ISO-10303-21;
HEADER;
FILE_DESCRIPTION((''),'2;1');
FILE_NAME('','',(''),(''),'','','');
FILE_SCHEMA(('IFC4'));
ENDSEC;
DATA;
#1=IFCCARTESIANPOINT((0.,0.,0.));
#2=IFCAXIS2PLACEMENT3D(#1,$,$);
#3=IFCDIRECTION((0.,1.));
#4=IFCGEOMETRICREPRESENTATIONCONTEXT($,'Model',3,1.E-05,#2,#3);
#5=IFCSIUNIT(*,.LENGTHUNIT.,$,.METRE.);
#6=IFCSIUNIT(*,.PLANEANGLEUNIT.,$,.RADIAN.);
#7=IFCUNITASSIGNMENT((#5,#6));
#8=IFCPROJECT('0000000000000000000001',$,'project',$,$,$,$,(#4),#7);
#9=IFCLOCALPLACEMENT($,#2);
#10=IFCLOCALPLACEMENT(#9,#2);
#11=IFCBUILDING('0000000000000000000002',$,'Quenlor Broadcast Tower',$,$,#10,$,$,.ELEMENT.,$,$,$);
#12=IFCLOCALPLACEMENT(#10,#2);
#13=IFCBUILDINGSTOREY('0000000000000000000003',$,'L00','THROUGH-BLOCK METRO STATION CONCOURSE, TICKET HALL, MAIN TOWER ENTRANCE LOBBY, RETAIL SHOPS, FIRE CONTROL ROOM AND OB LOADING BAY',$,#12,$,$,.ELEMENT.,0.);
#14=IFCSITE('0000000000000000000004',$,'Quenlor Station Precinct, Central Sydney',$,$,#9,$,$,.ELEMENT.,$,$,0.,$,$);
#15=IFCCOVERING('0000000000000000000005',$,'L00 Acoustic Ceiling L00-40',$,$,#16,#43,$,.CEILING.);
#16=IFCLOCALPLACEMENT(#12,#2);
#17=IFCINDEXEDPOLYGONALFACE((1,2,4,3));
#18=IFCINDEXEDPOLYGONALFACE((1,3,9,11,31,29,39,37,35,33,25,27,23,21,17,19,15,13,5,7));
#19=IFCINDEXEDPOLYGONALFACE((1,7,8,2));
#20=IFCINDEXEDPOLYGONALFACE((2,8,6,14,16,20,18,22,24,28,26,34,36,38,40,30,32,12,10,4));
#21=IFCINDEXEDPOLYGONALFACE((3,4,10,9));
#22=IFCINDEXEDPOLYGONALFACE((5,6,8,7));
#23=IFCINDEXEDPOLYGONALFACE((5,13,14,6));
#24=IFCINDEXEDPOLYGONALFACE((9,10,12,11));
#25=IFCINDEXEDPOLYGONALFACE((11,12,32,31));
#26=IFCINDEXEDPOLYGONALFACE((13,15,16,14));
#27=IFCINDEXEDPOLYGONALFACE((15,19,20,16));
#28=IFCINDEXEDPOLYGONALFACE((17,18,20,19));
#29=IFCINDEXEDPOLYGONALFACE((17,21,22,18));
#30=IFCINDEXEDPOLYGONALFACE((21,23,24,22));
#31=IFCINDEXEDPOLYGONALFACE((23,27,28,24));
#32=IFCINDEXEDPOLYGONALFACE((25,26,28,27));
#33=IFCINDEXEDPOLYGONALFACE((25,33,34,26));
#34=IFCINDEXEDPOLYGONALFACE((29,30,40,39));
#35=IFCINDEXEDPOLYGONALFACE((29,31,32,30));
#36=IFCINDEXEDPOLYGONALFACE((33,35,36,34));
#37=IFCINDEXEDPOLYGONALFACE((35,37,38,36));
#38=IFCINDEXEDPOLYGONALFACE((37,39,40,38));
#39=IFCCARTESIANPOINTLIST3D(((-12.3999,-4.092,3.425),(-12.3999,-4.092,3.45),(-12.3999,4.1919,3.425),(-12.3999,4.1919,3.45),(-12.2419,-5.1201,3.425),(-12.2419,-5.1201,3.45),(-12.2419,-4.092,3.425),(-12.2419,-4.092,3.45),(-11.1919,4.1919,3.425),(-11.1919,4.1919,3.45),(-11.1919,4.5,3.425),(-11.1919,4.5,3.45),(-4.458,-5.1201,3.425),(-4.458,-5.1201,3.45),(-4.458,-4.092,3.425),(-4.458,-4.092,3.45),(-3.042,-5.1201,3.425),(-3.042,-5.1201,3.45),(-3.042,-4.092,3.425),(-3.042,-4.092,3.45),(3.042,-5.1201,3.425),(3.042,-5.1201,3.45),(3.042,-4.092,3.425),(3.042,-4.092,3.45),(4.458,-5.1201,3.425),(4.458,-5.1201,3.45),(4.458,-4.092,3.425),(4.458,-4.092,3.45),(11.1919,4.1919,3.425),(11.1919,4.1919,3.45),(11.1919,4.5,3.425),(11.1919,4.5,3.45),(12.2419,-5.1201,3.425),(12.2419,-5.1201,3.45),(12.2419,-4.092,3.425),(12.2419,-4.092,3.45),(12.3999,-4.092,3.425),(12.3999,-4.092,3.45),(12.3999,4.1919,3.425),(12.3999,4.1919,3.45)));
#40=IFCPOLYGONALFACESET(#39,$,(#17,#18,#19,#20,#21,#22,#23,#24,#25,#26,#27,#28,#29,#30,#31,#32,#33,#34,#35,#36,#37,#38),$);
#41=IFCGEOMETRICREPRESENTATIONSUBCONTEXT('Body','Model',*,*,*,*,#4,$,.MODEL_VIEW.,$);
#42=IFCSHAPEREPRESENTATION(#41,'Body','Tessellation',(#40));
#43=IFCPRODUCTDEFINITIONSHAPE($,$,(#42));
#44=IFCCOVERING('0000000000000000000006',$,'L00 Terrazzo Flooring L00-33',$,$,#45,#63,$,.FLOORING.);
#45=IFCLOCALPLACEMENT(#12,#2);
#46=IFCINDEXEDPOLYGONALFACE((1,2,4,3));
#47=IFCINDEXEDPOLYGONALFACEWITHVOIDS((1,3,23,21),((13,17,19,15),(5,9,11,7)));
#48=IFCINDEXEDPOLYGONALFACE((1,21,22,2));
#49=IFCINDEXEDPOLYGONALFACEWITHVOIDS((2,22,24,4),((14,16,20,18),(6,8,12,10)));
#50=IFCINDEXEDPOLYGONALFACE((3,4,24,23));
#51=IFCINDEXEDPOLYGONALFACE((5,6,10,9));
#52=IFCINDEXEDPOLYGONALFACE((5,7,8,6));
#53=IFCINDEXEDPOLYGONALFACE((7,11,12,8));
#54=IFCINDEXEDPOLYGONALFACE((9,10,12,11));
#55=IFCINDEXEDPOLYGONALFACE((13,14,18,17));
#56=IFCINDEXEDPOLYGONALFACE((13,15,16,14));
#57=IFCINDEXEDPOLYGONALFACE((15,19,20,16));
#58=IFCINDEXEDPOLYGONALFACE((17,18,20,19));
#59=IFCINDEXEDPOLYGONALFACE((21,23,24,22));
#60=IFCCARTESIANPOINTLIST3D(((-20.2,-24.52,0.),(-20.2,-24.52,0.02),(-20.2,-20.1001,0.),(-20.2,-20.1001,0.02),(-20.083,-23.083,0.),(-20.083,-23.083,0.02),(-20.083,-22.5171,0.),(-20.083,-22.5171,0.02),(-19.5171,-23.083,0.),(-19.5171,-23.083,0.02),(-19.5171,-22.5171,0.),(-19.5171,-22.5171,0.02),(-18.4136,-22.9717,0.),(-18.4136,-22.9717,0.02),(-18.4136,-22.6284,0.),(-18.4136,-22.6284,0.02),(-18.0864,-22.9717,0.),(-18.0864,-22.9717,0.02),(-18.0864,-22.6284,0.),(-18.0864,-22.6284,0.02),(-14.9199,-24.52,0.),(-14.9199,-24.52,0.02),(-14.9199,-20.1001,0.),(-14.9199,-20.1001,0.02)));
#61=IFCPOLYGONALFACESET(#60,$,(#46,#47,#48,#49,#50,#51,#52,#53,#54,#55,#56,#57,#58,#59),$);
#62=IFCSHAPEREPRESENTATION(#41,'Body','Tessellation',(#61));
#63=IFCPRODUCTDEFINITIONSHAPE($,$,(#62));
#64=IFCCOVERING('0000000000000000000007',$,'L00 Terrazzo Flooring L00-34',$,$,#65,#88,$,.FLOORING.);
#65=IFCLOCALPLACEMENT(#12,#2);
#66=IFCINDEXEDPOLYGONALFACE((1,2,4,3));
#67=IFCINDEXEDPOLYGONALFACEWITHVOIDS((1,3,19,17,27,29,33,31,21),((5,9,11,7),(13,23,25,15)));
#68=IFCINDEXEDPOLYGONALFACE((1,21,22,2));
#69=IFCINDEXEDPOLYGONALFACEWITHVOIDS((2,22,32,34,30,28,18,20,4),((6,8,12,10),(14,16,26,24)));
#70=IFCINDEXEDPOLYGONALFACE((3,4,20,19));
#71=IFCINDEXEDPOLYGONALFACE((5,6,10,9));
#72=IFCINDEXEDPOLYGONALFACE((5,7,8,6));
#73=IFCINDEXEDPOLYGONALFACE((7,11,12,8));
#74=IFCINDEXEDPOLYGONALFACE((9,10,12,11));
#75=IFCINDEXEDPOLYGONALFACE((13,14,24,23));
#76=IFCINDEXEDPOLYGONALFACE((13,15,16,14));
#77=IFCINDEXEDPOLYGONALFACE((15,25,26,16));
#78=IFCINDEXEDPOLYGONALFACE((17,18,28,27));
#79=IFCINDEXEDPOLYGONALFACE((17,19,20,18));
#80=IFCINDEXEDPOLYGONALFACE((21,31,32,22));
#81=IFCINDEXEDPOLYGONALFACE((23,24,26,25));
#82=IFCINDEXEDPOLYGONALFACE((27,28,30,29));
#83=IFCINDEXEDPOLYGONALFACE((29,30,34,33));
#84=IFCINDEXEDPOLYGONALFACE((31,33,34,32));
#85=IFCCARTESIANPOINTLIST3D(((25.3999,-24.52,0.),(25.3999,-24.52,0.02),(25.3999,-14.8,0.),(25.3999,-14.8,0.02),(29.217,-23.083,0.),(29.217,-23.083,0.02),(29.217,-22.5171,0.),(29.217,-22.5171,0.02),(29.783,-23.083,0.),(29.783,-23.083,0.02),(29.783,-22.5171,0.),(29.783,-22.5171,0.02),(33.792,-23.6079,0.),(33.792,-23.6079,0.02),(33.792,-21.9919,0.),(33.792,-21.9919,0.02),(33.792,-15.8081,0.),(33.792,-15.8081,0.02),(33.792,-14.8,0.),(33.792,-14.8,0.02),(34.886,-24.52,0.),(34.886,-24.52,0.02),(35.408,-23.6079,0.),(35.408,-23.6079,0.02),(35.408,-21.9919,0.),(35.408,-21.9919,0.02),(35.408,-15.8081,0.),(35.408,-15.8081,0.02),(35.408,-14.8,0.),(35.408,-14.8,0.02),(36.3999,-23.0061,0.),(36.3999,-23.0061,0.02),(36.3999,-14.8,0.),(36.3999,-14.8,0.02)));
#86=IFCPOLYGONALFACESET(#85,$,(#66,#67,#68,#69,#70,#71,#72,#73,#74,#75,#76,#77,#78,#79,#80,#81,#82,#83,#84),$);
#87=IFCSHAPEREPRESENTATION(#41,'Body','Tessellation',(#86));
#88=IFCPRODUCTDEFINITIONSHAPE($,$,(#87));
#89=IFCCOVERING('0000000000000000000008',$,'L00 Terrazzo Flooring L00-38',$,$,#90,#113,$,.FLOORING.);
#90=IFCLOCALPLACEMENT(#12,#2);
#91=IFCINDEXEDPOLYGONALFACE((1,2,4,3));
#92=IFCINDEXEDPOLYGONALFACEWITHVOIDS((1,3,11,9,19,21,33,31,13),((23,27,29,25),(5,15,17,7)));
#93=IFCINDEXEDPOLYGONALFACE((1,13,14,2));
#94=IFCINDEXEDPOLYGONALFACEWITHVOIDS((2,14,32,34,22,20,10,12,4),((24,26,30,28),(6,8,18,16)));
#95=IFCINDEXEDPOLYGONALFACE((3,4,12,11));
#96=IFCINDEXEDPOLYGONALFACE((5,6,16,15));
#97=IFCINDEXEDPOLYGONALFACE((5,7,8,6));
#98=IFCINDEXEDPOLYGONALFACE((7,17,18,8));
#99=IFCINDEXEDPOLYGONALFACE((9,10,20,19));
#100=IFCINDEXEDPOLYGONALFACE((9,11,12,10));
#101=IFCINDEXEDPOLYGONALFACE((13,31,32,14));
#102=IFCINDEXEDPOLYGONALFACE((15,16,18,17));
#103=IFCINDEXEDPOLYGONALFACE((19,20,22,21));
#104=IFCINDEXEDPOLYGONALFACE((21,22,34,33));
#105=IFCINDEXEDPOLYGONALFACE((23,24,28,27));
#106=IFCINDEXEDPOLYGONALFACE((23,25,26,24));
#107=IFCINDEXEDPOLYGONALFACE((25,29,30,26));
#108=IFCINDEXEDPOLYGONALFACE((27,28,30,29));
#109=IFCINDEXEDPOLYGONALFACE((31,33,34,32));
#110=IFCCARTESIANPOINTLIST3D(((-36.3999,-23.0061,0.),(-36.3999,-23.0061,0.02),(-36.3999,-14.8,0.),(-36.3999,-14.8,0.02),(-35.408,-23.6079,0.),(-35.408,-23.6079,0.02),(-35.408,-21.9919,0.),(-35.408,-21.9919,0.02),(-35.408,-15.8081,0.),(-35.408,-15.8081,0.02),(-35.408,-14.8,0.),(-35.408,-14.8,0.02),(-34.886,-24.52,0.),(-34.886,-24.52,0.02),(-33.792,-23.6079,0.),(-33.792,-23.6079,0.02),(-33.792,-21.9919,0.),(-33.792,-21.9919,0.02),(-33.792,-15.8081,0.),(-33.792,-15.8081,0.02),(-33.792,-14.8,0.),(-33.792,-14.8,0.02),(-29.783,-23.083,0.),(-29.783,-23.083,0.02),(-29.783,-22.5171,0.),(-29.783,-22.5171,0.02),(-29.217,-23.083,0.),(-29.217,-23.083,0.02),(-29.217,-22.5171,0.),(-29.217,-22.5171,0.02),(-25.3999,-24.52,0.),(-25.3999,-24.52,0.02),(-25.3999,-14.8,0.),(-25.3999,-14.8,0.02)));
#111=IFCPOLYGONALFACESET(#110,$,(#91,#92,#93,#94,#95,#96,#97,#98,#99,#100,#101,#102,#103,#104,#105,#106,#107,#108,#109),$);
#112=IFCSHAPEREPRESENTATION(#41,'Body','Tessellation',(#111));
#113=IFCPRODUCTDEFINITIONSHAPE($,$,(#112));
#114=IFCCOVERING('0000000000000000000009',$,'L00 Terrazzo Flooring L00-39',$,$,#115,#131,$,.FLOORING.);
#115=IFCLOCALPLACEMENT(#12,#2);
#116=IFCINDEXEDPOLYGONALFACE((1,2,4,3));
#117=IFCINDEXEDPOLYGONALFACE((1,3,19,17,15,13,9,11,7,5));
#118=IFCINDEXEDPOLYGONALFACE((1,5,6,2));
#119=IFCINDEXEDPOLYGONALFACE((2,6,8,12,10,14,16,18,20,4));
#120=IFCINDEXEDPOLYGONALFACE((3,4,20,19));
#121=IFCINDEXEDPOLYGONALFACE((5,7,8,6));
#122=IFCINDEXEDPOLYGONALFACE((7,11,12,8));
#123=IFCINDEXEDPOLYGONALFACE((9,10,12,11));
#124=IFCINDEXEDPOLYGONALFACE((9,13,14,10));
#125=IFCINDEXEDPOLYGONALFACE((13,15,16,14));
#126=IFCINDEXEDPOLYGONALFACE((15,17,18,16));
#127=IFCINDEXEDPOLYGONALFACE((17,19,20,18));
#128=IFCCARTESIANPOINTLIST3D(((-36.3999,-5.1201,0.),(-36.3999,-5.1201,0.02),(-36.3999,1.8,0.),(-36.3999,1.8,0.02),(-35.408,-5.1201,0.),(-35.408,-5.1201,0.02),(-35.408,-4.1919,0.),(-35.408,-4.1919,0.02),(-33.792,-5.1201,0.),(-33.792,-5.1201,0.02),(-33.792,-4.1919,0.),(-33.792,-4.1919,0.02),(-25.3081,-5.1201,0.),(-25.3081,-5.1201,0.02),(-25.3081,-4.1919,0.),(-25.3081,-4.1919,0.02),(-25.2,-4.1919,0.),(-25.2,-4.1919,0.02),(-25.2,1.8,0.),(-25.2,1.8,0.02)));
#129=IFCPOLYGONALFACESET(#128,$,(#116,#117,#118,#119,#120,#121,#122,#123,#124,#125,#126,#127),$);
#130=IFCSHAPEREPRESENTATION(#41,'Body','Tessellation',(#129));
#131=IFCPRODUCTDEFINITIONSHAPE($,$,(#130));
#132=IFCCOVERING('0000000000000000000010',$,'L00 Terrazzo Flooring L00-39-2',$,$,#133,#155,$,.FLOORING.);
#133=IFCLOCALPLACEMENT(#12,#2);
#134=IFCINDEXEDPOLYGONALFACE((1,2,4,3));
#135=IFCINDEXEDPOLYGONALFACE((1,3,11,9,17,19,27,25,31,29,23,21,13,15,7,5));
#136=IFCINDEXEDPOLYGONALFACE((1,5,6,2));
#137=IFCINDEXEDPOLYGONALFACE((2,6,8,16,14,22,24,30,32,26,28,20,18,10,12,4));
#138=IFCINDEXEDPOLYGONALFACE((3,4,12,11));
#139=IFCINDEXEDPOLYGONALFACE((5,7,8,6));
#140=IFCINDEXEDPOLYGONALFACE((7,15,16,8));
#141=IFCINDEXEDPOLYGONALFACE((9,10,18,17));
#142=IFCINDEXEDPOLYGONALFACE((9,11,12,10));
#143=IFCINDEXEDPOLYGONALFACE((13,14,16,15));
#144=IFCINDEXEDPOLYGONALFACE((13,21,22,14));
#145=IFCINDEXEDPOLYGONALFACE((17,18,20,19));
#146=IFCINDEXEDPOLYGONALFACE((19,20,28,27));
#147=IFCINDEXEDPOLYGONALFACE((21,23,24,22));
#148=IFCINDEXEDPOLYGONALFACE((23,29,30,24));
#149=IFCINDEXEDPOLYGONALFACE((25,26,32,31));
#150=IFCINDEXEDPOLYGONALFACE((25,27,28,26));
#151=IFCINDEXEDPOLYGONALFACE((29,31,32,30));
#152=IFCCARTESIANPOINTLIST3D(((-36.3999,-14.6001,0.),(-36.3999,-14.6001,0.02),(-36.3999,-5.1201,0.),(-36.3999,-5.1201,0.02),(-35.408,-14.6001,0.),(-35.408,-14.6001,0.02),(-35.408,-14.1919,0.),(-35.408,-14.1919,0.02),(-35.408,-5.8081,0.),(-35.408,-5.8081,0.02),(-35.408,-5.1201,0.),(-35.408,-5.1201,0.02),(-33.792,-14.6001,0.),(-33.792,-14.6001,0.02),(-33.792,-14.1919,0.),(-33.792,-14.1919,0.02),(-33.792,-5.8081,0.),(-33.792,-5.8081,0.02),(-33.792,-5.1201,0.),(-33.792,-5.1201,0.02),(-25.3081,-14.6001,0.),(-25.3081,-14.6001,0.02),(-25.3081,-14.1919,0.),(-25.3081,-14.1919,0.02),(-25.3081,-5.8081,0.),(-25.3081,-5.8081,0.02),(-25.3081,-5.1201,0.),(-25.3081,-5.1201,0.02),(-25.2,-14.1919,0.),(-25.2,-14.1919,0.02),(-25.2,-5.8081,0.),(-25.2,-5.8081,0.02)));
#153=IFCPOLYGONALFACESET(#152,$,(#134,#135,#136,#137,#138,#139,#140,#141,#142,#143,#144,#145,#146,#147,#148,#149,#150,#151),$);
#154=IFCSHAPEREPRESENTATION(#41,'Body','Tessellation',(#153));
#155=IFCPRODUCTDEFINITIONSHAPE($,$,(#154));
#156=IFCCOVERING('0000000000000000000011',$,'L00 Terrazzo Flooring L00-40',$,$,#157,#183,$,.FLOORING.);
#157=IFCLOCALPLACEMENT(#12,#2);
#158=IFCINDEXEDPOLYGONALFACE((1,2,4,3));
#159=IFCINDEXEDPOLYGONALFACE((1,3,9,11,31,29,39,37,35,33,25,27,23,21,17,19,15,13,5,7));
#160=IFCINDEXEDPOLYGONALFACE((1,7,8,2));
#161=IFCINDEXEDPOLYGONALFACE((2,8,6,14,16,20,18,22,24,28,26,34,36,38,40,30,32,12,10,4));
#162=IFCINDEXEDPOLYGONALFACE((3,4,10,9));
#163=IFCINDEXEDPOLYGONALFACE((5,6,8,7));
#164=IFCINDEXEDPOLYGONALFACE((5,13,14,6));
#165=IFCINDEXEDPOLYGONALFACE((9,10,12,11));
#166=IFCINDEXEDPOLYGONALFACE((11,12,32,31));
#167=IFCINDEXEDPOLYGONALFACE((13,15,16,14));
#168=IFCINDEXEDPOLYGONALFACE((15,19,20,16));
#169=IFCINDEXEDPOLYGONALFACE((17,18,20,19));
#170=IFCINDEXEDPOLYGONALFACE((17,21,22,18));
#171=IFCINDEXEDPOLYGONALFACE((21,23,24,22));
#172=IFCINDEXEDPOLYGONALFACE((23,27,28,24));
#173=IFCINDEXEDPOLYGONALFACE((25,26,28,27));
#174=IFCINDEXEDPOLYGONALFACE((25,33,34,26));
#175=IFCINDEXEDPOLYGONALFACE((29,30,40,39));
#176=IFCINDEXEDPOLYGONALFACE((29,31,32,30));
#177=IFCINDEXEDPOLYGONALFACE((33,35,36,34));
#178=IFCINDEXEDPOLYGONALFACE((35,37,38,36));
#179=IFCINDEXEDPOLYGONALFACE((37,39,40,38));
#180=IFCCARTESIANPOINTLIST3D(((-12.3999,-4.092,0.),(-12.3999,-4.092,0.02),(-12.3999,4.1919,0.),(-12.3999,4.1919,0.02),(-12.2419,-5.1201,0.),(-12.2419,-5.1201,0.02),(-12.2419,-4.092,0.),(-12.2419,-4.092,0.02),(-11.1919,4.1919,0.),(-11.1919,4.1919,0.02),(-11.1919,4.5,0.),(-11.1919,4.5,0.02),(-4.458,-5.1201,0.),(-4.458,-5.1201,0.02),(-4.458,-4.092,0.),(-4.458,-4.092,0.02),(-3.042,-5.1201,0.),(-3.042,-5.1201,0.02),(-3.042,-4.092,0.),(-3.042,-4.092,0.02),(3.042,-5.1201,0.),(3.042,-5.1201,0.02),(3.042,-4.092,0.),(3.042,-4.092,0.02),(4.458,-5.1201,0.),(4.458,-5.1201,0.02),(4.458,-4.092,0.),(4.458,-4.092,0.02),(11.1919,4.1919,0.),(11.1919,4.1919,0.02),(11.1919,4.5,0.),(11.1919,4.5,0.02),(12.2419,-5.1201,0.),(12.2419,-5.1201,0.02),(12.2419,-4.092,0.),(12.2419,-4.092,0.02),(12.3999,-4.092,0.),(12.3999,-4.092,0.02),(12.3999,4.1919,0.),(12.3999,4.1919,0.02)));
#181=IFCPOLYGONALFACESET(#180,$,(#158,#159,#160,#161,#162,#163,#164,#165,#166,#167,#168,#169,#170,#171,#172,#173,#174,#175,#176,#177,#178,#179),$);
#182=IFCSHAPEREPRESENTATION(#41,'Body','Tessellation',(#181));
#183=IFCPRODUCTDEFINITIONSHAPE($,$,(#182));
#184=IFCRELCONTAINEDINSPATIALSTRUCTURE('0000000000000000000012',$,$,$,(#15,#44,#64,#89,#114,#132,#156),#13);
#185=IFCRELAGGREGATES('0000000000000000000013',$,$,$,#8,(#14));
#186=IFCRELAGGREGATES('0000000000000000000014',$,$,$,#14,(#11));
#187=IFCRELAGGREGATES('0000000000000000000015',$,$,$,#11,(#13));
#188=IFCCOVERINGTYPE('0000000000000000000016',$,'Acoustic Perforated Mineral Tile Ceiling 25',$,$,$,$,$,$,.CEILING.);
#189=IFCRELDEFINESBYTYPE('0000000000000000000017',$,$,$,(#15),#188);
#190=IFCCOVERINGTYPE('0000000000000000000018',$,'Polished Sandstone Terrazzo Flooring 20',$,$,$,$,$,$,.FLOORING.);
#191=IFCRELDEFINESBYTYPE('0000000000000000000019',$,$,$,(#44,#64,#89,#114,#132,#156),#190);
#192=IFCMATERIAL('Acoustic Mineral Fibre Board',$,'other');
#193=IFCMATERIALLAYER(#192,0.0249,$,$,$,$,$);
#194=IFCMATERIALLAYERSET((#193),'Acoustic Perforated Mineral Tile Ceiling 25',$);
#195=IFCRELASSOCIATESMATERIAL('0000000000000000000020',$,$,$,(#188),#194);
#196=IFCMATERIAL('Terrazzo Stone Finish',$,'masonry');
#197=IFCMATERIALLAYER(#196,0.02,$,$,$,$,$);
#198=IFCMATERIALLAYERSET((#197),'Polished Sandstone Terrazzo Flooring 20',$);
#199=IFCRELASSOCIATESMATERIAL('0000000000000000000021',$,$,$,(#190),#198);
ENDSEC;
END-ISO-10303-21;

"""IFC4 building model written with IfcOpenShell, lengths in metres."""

from ifc_helpers import new_model, si_unit, direction, frame, origin, place, context, subcontext, project, spatial, polyline, outline, extrude, material, layer, layer_set, type_object, element, save


model = new_model("IFC4")

# Units and contexts
model_context = context("Model", 3, precision=1e-05, world=origin(), true_north=direction((0.0, 1.0)))
body_context = subcontext(model_context, "Body", "Model", "MODEL_VIEW")
ifc_project = project(units=[si_unit("LENGTHUNIT", "METRE"), si_unit("PLANEANGLEUNIT", "RADIAN")], contexts=[model_context])

# Site, building, storey
site_placement = place(None, origin())
site = spatial("IfcSite", under=ifc_project, at=site_placement, Name="Quenlor Station Precinct, Central Sydney", CompositionType="ELEMENT", RefElevation=0.0)
building_placement = place(site_placement, origin())
building = spatial("IfcBuilding", under=site, at=building_placement, Name="Quenlor Broadcast Tower", CompositionType="ELEMENT")
storey_placement = place(building_placement, origin())
storey = spatial("IfcBuildingStorey", under=building, at=storey_placement, Name="L00", Description="THROUGH-BLOCK METRO STATION CONCOURSE, TICKET HALL, MAIN TOWER ENTRANCE LOBBY, RETAIL SHOPS, FIRE CONTROL ROOM AND OB LOADING BAY", CompositionType="ELEMENT", Elevation=0.0)

# Coverings
ifc_material_1 = material(Name="Acoustic Mineral Fibre Board", Category="other")
ifc_layer_1 = layer(ifc_material_1, 0.0249)
ifc_layer_set_1 = layer_set([ifc_layer_1], Name="Acoustic Perforated Mineral Tile Ceiling 25")
covering_type_1 = type_object("IfcCoveringType", Name="Acoustic Perforated Mineral Tile Ceiling 25", PredefinedType="CEILING", material=ifc_layer_set_1)
covering_1_placement = place(storey_placement, frame((0.0, 0.0, 3.425)))
element("IfcCovering", 1, at=covering_1_placement, inside=storey, type_object=covering_type_1, Name="L00 Acoustic Ceiling L00-40", PredefinedType="CEILING", context=body_context, shape_type="SweptSolid", body=[
    extrude(outline(polyline([(12.3999, 4.1919), (12.3999, -4.092), (12.2419, -4.092), (12.2419, -5.1201), (4.458, -5.1201), (4.458, -4.092), (3.042, -4.092), (3.042, -5.1201), (-3.042, -5.1201), (-3.042, -4.092), (-4.458, -4.092), (-4.458, -5.1201), (-12.2419, -5.1201), (-12.2419, -4.092), (-12.3999, -4.092), (-12.3999, 4.1919), (-11.1919, 4.1919), (-11.1919, 4.5), (11.1919, 4.5), (11.1919, 4.1919), (12.3999, 4.1919)])), origin(), (0.0, 0.0, 1.0), 0.0249),
])
ifc_material_2 = material(Name="Terrazzo Stone Finish", Category="masonry")
ifc_layer_2 = layer(ifc_material_2, 0.02)
ifc_layer_set_2 = layer_set([ifc_layer_2], Name="Polished Sandstone Terrazzo Flooring 20")
covering_type_2 = type_object("IfcCoveringType", Name="Polished Sandstone Terrazzo Flooring 20", PredefinedType="FLOORING", material=ifc_layer_set_2)
covering_2_placement = place(storey_placement, origin())
element("IfcCovering", 2, at=covering_2_placement, inside=storey, type_object=covering_type_2, Name="L00 Terrazzo Flooring L00-33", PredefinedType="FLOORING", context=body_context, shape_type="SweptSolid", body=[
    extrude(outline(polyline([(-14.9199, -24.52), (-20.2, -24.52), (-20.2, -20.1001), (-14.9199, -20.1001), (-14.9199, -24.52)]), holes=[polyline([(-18.0864, -22.6284), (-18.4136, -22.6284), (-18.4136, -22.9717), (-18.0864, -22.9717), (-18.0864, -22.6284)]), polyline([(-19.5171, -23.083), (-19.5171, -22.5171), (-20.083, -22.5171), (-20.083, -23.083), (-19.5171, -23.083)])]), origin(), (0.0, 0.0, 1.0), 0.02),
])
covering_3_placement = place(storey_placement, origin())
element("IfcCovering", 3, at=covering_3_placement, inside=storey, type_object=covering_type_2, Name="L00 Terrazzo Flooring L00-34", PredefinedType="FLOORING", context=body_context, shape_type="SweptSolid", body=[
    extrude(outline(polyline([(33.792, -15.8081), (35.408, -15.8081), (35.408, -14.8), (36.3999, -14.8), (36.3999, -23.0061), (34.886, -24.52), (25.3999, -24.52), (25.3999, -14.8), (33.792, -14.8), (33.792, -15.8081)]), holes=[polyline([(35.408, -23.6079), (35.408, -21.9919), (33.792, -21.9919), (33.792, -23.6079), (35.408, -23.6079)]), polyline([(29.783, -23.083), (29.783, -22.5171), (29.217, -22.5171), (29.217, -23.083), (29.783, -23.083)])]), origin(), (0.0, 0.0, 1.0), 0.02),
])
covering_4_placement = place(storey_placement, origin())
element("IfcCovering", 4, at=covering_4_placement, inside=storey, type_object=covering_type_2, Name="L00 Terrazzo Flooring L00-38", PredefinedType="FLOORING", context=body_context, shape_type="SweptSolid", body=[
    extrude(outline(polyline([(-33.792, -15.8081), (-33.792, -14.8), (-25.3999, -14.8), (-25.3999, -24.52), (-34.886, -24.52), (-36.3999, -23.0061), (-36.3999, -14.8), (-35.408, -14.8), (-35.408, -15.8081), (-33.792, -15.8081)]), holes=[polyline([(-33.792, -23.6079), (-33.792, -21.9919), (-35.408, -21.9919), (-35.408, -23.6079), (-33.792, -23.6079)]), polyline([(-29.217, -23.083), (-29.217, -22.5171), (-29.783, -22.5171), (-29.783, -23.083), (-29.217, -23.083)])]), origin(), (0.0, 0.0, 1.0), 0.02),
])
covering_5_placement = place(storey_placement, origin())
element("IfcCovering", 5, at=covering_5_placement, inside=storey, type_object=covering_type_2, Name="L00 Terrazzo Flooring L00-39", PredefinedType="FLOORING", context=body_context, shape_type="SweptSolid", body=[
    extrude(outline(polyline([(-25.2, -4.1919), (-25.3081, -4.1919), (-25.3081, -5.1201), (-33.792, -5.1201), (-33.792, -4.1919), (-35.408, -4.1919), (-35.408, -5.1201), (-36.3999, -5.1201), (-36.3999, 1.8), (-25.2, 1.8), (-25.2, -4.1919)])), origin(), (0.0, 0.0, 1.0), 0.02),
])
covering_6_placement = place(storey_placement, origin())
element("IfcCovering", 6, at=covering_6_placement, inside=storey, type_object=covering_type_2, Name="L00 Terrazzo Flooring L00-39-2", PredefinedType="FLOORING", context=body_context, shape_type="SweptSolid", body=[
    extrude(outline(polyline([(-25.3081, -5.8081), (-25.2, -5.8081), (-25.2, -14.1919), (-25.3081, -14.1919), (-25.3081, -14.6001), (-33.792, -14.6001), (-33.792, -14.1919), (-35.408, -14.1919), (-35.408, -14.6001), (-36.3999, -14.6001), (-36.3999, -5.1201), (-35.408, -5.1201), (-35.408, -5.8081), (-33.792, -5.8081), (-33.792, -5.1201), (-25.3081, -5.1201), (-25.3081, -5.8081)])), origin(), (0.0, 0.0, 1.0), 0.02),
])
covering_7_placement = place(storey_placement, origin())
element("IfcCovering", 7, at=covering_7_placement, inside=storey, type_object=covering_type_2, Name="L00 Terrazzo Flooring L00-40", PredefinedType="FLOORING", context=body_context, shape_type="SweptSolid", body=[
    extrude(outline(polyline([(12.3999, 4.1919), (12.3999, -4.092), (12.2419, -4.092), (12.2419, -5.1201), (4.458, -5.1201), (4.458, -4.092), (3.042, -4.092), (3.042, -5.1201), (-3.042, -5.1201), (-3.042, -4.092), (-4.458, -4.092), (-4.458, -5.1201), (-12.2419, -5.1201), (-12.2419, -4.092), (-12.3999, -4.092), (-12.3999, 4.1919), (-11.1919, 4.1919), (-11.1919, 4.5), (11.1919, 4.5), (11.1919, 4.1919), (12.3999, 4.1919)])), origin(), (0.0, 0.0, 1.0), 0.02),
])

save(model, "model.ifc")
